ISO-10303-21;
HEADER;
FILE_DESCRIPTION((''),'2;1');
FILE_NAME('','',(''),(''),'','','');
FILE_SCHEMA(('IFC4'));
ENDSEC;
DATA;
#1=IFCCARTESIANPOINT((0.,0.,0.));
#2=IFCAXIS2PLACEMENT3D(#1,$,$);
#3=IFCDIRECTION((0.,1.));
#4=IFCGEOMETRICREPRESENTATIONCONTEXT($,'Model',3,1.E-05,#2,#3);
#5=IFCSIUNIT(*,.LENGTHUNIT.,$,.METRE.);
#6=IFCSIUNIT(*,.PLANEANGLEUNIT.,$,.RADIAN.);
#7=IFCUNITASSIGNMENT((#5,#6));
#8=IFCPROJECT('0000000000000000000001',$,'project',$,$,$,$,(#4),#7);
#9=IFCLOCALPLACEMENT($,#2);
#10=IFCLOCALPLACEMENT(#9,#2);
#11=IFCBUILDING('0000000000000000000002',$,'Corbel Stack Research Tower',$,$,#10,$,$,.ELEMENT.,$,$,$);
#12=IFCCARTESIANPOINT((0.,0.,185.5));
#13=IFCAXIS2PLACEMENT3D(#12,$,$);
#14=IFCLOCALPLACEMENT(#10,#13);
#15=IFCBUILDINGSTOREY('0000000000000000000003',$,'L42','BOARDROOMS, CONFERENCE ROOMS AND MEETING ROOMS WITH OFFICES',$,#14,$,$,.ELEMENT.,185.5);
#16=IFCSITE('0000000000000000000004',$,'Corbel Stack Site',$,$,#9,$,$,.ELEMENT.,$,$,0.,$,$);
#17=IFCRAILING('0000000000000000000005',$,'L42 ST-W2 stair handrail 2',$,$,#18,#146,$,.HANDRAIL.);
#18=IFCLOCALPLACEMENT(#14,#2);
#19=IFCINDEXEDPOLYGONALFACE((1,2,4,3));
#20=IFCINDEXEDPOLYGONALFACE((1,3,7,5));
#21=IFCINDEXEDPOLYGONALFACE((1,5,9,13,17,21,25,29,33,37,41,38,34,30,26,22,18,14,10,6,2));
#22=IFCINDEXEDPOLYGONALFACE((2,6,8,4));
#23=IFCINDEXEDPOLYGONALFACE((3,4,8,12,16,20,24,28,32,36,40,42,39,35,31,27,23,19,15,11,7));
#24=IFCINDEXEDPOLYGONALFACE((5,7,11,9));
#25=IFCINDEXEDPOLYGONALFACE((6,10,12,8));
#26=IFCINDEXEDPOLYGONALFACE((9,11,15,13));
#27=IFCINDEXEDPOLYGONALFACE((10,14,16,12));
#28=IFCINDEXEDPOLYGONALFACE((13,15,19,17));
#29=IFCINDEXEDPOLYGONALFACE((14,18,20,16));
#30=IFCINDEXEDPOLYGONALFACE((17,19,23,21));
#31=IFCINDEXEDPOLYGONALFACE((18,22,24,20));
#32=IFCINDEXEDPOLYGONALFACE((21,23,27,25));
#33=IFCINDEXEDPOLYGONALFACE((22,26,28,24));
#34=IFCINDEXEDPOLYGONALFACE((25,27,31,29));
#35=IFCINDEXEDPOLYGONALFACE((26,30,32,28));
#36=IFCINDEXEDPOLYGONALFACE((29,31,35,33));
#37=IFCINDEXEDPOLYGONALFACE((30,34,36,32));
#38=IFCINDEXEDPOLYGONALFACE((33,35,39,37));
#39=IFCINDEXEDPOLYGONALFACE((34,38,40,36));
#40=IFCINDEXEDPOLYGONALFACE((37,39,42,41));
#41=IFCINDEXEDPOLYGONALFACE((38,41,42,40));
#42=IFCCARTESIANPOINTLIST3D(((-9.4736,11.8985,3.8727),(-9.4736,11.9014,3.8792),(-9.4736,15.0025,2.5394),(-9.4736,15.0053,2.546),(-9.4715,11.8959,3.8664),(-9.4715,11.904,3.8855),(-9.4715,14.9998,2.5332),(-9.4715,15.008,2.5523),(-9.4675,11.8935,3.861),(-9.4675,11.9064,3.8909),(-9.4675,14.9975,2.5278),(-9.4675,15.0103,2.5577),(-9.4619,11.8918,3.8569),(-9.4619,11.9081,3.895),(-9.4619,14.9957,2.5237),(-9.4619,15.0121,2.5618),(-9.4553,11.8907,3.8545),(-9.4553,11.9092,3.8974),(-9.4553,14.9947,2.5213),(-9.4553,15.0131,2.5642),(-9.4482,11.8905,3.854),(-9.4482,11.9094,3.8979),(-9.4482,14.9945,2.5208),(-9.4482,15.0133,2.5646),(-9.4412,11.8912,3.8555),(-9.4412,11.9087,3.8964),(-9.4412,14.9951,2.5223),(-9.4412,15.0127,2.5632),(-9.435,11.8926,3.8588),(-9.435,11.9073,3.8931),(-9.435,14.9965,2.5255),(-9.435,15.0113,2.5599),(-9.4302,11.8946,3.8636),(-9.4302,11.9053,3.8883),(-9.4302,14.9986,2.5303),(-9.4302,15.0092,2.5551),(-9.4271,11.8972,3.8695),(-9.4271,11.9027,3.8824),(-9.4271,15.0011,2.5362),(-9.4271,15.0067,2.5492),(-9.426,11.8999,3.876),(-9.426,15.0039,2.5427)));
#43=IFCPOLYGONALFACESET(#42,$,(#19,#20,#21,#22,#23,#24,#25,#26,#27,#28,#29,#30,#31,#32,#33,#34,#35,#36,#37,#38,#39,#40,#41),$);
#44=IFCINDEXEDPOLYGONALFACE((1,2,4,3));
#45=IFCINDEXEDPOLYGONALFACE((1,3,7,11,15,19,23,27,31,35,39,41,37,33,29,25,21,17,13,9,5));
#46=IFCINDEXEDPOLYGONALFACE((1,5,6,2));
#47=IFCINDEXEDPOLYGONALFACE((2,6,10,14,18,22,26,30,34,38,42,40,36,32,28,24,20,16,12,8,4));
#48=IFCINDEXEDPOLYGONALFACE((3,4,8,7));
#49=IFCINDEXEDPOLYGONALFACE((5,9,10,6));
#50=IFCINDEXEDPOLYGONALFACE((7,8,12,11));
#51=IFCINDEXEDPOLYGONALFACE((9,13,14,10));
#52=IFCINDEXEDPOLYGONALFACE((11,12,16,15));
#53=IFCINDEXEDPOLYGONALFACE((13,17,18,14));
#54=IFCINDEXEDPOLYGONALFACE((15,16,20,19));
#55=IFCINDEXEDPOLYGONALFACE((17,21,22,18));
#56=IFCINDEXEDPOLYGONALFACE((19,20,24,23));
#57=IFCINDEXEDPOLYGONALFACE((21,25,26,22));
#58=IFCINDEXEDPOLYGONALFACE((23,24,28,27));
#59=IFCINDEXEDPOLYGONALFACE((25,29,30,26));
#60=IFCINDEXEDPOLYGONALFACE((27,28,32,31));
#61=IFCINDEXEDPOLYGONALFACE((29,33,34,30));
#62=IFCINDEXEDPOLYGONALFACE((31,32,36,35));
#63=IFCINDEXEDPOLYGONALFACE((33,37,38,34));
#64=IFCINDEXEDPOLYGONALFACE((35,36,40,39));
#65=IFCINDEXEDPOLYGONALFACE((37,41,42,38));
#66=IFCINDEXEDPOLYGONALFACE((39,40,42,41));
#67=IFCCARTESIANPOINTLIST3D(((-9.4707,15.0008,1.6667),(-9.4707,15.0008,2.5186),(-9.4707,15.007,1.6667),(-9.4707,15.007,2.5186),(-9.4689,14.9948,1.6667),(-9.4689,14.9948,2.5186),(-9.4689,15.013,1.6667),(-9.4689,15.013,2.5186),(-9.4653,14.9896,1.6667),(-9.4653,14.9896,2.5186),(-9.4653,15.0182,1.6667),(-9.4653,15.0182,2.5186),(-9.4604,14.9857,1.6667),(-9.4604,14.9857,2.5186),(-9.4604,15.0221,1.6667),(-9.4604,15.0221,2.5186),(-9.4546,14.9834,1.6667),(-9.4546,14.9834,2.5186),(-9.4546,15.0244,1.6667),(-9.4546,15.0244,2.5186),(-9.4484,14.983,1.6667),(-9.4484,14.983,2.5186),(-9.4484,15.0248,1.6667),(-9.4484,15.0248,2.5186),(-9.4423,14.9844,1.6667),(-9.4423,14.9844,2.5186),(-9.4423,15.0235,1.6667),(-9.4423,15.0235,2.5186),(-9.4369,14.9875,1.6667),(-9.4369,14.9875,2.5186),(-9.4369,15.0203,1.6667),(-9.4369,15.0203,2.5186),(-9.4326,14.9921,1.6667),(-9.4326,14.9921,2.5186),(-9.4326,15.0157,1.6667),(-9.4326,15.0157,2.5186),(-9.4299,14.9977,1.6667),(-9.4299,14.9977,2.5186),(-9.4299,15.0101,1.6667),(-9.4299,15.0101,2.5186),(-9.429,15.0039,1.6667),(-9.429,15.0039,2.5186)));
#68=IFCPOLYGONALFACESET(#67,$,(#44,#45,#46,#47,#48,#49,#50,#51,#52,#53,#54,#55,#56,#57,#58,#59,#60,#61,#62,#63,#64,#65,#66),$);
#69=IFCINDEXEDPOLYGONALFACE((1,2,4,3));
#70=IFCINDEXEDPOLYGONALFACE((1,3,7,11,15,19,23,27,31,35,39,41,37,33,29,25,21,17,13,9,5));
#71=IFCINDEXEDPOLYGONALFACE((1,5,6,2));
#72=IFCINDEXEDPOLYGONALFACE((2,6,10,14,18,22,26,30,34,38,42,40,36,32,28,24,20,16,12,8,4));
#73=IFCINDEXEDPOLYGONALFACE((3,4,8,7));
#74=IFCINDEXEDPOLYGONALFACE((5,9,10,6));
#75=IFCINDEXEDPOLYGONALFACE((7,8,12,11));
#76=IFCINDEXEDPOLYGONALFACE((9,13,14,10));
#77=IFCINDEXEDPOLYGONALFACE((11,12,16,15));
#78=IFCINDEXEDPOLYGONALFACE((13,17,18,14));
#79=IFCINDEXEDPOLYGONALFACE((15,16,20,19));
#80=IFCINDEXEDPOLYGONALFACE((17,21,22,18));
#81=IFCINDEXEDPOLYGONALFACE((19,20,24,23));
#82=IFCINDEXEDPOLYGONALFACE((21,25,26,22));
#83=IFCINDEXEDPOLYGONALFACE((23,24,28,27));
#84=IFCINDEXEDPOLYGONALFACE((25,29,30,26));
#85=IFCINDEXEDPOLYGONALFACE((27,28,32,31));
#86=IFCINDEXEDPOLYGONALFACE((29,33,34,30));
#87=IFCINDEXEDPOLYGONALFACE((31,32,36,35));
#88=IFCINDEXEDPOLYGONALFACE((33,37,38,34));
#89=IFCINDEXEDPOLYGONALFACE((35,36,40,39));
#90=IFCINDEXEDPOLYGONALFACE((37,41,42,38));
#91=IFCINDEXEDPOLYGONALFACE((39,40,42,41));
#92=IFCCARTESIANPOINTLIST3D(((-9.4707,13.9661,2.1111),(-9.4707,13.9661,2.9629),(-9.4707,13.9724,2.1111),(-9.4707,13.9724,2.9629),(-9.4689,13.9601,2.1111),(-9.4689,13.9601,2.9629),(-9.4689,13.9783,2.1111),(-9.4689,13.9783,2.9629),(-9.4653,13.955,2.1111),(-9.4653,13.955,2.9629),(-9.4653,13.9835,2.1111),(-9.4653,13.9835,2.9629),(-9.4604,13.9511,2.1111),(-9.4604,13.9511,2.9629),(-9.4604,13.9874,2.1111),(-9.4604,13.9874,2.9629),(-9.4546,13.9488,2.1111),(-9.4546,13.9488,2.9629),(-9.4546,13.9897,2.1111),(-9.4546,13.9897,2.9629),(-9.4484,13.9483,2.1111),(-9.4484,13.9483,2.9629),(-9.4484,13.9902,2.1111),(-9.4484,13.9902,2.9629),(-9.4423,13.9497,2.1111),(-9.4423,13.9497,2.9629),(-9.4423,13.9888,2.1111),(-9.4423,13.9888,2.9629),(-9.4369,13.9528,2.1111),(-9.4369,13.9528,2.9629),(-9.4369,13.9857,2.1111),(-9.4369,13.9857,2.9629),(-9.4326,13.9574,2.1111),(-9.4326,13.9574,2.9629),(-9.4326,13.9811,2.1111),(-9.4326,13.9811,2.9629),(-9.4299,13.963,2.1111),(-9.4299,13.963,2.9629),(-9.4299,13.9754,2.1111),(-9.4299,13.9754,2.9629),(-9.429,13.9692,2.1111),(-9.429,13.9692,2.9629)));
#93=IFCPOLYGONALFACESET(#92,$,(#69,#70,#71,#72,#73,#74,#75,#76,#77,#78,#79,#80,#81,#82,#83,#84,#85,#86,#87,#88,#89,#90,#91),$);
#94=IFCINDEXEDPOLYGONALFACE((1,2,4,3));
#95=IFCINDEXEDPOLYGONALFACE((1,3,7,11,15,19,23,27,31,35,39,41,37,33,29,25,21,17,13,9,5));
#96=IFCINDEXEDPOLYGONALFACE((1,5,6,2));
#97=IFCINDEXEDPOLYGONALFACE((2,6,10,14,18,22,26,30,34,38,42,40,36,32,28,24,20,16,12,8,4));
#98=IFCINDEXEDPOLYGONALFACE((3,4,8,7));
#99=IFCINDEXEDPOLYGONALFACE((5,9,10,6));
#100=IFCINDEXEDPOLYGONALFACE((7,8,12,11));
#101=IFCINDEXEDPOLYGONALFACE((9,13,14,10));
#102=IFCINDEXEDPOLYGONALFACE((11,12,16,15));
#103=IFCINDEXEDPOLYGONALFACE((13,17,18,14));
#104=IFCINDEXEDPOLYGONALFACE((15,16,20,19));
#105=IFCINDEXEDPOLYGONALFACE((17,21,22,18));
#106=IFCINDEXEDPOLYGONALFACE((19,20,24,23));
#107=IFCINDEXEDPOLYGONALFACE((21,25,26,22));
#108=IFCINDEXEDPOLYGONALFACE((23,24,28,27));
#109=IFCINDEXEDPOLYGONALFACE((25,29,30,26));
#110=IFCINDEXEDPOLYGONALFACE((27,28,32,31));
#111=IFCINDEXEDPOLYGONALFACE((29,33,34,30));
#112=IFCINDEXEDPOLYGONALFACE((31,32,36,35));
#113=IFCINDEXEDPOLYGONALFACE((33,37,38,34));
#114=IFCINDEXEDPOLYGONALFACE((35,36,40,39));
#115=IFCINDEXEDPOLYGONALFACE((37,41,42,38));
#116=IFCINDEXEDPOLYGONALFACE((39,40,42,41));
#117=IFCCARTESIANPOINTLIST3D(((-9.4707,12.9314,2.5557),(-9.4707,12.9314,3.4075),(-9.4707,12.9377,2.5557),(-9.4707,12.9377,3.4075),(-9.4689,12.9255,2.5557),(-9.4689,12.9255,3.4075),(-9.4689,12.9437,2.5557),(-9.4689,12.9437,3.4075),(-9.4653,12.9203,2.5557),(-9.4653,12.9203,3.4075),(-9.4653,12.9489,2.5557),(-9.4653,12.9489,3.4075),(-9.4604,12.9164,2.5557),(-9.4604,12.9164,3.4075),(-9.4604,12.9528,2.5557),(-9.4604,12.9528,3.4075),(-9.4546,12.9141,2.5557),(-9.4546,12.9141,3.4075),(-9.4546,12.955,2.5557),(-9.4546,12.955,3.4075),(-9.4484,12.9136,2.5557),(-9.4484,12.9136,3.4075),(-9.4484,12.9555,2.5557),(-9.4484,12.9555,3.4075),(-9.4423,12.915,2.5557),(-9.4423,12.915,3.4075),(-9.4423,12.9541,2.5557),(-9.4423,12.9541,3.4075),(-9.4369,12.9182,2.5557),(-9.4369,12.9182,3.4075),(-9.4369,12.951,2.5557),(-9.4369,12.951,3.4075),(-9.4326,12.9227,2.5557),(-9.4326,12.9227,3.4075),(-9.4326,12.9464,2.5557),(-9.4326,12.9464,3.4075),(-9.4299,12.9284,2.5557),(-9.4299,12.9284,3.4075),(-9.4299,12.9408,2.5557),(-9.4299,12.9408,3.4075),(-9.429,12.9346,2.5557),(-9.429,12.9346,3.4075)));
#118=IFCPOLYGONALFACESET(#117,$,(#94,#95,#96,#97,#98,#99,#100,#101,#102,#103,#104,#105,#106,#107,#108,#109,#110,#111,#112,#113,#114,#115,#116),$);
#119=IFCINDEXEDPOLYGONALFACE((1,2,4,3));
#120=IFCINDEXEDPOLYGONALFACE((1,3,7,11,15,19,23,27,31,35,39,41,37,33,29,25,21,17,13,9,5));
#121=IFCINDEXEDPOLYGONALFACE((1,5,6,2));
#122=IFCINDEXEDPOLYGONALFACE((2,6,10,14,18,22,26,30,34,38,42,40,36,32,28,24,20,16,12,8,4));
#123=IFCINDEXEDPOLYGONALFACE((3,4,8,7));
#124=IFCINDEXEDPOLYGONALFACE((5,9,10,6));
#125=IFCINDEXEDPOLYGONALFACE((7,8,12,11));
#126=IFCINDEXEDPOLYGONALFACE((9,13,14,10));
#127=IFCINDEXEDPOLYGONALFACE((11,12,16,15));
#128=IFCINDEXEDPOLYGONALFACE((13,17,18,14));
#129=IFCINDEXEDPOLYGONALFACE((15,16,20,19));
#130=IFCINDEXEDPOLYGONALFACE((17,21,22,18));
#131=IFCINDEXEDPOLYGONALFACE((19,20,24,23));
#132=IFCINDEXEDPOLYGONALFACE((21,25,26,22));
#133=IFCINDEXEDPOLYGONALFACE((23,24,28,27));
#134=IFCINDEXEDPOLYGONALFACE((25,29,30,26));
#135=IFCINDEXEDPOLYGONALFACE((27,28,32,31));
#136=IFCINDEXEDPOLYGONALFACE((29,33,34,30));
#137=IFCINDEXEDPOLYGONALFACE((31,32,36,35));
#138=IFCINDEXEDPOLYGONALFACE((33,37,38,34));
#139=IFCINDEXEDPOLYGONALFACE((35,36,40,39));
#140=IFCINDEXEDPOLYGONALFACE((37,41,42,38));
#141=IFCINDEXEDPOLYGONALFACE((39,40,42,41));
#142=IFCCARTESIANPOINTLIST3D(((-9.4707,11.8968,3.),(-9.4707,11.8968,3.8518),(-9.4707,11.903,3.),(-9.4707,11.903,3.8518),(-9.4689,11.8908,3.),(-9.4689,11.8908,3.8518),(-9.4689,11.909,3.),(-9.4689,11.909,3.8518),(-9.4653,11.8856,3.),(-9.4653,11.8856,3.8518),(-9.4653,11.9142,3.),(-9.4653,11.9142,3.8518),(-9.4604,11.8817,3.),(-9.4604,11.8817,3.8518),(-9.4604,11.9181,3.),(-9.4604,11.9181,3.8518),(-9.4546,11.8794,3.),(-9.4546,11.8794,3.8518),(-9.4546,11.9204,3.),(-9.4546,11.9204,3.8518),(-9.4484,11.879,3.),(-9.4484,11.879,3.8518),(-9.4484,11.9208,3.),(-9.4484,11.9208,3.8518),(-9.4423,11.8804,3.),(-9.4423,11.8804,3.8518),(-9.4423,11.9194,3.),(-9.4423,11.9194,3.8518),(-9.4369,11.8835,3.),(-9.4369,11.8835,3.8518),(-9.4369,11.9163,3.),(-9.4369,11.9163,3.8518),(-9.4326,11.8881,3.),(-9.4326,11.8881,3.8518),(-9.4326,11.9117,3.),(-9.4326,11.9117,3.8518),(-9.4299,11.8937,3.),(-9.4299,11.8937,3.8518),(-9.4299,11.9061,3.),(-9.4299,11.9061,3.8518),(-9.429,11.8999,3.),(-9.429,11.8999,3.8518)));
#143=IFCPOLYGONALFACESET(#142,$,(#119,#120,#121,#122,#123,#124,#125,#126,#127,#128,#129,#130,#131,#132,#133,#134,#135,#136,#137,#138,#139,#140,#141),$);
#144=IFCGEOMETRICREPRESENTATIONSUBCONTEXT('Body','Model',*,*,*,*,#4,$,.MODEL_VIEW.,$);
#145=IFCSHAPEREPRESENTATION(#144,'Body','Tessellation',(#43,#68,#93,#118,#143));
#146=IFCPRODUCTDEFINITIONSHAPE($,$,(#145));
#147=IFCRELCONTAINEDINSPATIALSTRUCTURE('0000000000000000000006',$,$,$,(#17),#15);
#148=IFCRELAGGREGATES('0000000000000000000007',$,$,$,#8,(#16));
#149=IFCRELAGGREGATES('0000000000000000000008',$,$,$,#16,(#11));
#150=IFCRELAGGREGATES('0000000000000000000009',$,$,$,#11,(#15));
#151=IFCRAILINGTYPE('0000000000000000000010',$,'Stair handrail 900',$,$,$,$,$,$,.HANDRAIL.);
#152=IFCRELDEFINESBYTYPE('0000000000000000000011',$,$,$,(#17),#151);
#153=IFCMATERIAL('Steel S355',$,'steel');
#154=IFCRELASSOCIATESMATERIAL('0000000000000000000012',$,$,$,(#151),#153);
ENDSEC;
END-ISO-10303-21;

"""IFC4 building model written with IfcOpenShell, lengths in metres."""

from ifc_helpers import new_model, si_unit, direction, frame, origin, origin_2d, place, context, subcontext, project, spatial, circle, extrude, material, type_object, element, save


model = new_model("IFC4")

# Units and contexts
model_context = context("Model", 3, precision=1e-05, world=origin(), true_north=direction((0.0, 1.0)))
body_context = subcontext(model_context, "Body", "Model", "MODEL_VIEW")
ifc_project = project(units=[si_unit("LENGTHUNIT", "METRE"), si_unit("PLANEANGLEUNIT", "RADIAN")], contexts=[model_context])

# Site, building, storey
site_placement = place(None, origin())
site = spatial("IfcSite", under=ifc_project, at=site_placement, Name="Corbel Stack Site", CompositionType="ELEMENT", RefElevation=0.0)
building_placement = place(site_placement, origin())
building = spatial("IfcBuilding", under=site, at=building_placement, Name="Corbel Stack Research Tower", CompositionType="ELEMENT")
storey_placement = place(building_placement, frame((0.0, 0.0, 185.5)))
storey = spatial("IfcBuildingStorey", under=building, at=storey_placement, Name="L42", Description="BOARDROOMS, CONFERENCE ROOMS AND MEETING ROOMS WITH OFFICES", CompositionType="ELEMENT", Elevation=185.5)

# Railing
ifc_material_1 = material(Name="Steel S355", Category="steel")
railing_type_1 = type_object("IfcRailingType", Name="Stair handrail 900", PredefinedType="HANDRAIL", material=ifc_material_1)
railing_1_placement = place(storey_placement, frame((-9.45, 15.0039, 1.6667)))
element("IfcRailing", 1, at=railing_1_placement, inside=storey, type_object=railing_type_1, Name="L42 ST-W2 stair handrail 2", PredefinedType="HANDRAIL", context=body_context, shape_type="SweptSolid", body=[
    extrude(circle(Radius=0.0239, at=origin_2d()), frame((0.0, 0.0, 0.876), z_axis=(0.0, -0.918827, 0.394661), x_axis=(1.0, 0.0, 0.0)), (0.0, 0.0, 1.0), 3.3782),
    extrude(circle(Radius=0.021, at=origin_2d()), origin(), (0.0, 0.0, 1.0), 0.8518),
    extrude(circle(Radius=0.021, at=origin_2d()), frame((0.0, -1.0347, 0.4443)), (0.0, 0.0, 1.0), 0.8518),
    extrude(circle(Radius=0.021, at=origin_2d()), frame((0.0, -2.0693, 0.8889)), (0.0, 0.0, 1.0), 0.8518),
    extrude(circle(Radius=0.021, at=origin_2d()), frame((0.0, -3.104, 1.3333)), (0.0, 0.0, 1.0), 0.8518),
])

save(model, "model.ifc")
